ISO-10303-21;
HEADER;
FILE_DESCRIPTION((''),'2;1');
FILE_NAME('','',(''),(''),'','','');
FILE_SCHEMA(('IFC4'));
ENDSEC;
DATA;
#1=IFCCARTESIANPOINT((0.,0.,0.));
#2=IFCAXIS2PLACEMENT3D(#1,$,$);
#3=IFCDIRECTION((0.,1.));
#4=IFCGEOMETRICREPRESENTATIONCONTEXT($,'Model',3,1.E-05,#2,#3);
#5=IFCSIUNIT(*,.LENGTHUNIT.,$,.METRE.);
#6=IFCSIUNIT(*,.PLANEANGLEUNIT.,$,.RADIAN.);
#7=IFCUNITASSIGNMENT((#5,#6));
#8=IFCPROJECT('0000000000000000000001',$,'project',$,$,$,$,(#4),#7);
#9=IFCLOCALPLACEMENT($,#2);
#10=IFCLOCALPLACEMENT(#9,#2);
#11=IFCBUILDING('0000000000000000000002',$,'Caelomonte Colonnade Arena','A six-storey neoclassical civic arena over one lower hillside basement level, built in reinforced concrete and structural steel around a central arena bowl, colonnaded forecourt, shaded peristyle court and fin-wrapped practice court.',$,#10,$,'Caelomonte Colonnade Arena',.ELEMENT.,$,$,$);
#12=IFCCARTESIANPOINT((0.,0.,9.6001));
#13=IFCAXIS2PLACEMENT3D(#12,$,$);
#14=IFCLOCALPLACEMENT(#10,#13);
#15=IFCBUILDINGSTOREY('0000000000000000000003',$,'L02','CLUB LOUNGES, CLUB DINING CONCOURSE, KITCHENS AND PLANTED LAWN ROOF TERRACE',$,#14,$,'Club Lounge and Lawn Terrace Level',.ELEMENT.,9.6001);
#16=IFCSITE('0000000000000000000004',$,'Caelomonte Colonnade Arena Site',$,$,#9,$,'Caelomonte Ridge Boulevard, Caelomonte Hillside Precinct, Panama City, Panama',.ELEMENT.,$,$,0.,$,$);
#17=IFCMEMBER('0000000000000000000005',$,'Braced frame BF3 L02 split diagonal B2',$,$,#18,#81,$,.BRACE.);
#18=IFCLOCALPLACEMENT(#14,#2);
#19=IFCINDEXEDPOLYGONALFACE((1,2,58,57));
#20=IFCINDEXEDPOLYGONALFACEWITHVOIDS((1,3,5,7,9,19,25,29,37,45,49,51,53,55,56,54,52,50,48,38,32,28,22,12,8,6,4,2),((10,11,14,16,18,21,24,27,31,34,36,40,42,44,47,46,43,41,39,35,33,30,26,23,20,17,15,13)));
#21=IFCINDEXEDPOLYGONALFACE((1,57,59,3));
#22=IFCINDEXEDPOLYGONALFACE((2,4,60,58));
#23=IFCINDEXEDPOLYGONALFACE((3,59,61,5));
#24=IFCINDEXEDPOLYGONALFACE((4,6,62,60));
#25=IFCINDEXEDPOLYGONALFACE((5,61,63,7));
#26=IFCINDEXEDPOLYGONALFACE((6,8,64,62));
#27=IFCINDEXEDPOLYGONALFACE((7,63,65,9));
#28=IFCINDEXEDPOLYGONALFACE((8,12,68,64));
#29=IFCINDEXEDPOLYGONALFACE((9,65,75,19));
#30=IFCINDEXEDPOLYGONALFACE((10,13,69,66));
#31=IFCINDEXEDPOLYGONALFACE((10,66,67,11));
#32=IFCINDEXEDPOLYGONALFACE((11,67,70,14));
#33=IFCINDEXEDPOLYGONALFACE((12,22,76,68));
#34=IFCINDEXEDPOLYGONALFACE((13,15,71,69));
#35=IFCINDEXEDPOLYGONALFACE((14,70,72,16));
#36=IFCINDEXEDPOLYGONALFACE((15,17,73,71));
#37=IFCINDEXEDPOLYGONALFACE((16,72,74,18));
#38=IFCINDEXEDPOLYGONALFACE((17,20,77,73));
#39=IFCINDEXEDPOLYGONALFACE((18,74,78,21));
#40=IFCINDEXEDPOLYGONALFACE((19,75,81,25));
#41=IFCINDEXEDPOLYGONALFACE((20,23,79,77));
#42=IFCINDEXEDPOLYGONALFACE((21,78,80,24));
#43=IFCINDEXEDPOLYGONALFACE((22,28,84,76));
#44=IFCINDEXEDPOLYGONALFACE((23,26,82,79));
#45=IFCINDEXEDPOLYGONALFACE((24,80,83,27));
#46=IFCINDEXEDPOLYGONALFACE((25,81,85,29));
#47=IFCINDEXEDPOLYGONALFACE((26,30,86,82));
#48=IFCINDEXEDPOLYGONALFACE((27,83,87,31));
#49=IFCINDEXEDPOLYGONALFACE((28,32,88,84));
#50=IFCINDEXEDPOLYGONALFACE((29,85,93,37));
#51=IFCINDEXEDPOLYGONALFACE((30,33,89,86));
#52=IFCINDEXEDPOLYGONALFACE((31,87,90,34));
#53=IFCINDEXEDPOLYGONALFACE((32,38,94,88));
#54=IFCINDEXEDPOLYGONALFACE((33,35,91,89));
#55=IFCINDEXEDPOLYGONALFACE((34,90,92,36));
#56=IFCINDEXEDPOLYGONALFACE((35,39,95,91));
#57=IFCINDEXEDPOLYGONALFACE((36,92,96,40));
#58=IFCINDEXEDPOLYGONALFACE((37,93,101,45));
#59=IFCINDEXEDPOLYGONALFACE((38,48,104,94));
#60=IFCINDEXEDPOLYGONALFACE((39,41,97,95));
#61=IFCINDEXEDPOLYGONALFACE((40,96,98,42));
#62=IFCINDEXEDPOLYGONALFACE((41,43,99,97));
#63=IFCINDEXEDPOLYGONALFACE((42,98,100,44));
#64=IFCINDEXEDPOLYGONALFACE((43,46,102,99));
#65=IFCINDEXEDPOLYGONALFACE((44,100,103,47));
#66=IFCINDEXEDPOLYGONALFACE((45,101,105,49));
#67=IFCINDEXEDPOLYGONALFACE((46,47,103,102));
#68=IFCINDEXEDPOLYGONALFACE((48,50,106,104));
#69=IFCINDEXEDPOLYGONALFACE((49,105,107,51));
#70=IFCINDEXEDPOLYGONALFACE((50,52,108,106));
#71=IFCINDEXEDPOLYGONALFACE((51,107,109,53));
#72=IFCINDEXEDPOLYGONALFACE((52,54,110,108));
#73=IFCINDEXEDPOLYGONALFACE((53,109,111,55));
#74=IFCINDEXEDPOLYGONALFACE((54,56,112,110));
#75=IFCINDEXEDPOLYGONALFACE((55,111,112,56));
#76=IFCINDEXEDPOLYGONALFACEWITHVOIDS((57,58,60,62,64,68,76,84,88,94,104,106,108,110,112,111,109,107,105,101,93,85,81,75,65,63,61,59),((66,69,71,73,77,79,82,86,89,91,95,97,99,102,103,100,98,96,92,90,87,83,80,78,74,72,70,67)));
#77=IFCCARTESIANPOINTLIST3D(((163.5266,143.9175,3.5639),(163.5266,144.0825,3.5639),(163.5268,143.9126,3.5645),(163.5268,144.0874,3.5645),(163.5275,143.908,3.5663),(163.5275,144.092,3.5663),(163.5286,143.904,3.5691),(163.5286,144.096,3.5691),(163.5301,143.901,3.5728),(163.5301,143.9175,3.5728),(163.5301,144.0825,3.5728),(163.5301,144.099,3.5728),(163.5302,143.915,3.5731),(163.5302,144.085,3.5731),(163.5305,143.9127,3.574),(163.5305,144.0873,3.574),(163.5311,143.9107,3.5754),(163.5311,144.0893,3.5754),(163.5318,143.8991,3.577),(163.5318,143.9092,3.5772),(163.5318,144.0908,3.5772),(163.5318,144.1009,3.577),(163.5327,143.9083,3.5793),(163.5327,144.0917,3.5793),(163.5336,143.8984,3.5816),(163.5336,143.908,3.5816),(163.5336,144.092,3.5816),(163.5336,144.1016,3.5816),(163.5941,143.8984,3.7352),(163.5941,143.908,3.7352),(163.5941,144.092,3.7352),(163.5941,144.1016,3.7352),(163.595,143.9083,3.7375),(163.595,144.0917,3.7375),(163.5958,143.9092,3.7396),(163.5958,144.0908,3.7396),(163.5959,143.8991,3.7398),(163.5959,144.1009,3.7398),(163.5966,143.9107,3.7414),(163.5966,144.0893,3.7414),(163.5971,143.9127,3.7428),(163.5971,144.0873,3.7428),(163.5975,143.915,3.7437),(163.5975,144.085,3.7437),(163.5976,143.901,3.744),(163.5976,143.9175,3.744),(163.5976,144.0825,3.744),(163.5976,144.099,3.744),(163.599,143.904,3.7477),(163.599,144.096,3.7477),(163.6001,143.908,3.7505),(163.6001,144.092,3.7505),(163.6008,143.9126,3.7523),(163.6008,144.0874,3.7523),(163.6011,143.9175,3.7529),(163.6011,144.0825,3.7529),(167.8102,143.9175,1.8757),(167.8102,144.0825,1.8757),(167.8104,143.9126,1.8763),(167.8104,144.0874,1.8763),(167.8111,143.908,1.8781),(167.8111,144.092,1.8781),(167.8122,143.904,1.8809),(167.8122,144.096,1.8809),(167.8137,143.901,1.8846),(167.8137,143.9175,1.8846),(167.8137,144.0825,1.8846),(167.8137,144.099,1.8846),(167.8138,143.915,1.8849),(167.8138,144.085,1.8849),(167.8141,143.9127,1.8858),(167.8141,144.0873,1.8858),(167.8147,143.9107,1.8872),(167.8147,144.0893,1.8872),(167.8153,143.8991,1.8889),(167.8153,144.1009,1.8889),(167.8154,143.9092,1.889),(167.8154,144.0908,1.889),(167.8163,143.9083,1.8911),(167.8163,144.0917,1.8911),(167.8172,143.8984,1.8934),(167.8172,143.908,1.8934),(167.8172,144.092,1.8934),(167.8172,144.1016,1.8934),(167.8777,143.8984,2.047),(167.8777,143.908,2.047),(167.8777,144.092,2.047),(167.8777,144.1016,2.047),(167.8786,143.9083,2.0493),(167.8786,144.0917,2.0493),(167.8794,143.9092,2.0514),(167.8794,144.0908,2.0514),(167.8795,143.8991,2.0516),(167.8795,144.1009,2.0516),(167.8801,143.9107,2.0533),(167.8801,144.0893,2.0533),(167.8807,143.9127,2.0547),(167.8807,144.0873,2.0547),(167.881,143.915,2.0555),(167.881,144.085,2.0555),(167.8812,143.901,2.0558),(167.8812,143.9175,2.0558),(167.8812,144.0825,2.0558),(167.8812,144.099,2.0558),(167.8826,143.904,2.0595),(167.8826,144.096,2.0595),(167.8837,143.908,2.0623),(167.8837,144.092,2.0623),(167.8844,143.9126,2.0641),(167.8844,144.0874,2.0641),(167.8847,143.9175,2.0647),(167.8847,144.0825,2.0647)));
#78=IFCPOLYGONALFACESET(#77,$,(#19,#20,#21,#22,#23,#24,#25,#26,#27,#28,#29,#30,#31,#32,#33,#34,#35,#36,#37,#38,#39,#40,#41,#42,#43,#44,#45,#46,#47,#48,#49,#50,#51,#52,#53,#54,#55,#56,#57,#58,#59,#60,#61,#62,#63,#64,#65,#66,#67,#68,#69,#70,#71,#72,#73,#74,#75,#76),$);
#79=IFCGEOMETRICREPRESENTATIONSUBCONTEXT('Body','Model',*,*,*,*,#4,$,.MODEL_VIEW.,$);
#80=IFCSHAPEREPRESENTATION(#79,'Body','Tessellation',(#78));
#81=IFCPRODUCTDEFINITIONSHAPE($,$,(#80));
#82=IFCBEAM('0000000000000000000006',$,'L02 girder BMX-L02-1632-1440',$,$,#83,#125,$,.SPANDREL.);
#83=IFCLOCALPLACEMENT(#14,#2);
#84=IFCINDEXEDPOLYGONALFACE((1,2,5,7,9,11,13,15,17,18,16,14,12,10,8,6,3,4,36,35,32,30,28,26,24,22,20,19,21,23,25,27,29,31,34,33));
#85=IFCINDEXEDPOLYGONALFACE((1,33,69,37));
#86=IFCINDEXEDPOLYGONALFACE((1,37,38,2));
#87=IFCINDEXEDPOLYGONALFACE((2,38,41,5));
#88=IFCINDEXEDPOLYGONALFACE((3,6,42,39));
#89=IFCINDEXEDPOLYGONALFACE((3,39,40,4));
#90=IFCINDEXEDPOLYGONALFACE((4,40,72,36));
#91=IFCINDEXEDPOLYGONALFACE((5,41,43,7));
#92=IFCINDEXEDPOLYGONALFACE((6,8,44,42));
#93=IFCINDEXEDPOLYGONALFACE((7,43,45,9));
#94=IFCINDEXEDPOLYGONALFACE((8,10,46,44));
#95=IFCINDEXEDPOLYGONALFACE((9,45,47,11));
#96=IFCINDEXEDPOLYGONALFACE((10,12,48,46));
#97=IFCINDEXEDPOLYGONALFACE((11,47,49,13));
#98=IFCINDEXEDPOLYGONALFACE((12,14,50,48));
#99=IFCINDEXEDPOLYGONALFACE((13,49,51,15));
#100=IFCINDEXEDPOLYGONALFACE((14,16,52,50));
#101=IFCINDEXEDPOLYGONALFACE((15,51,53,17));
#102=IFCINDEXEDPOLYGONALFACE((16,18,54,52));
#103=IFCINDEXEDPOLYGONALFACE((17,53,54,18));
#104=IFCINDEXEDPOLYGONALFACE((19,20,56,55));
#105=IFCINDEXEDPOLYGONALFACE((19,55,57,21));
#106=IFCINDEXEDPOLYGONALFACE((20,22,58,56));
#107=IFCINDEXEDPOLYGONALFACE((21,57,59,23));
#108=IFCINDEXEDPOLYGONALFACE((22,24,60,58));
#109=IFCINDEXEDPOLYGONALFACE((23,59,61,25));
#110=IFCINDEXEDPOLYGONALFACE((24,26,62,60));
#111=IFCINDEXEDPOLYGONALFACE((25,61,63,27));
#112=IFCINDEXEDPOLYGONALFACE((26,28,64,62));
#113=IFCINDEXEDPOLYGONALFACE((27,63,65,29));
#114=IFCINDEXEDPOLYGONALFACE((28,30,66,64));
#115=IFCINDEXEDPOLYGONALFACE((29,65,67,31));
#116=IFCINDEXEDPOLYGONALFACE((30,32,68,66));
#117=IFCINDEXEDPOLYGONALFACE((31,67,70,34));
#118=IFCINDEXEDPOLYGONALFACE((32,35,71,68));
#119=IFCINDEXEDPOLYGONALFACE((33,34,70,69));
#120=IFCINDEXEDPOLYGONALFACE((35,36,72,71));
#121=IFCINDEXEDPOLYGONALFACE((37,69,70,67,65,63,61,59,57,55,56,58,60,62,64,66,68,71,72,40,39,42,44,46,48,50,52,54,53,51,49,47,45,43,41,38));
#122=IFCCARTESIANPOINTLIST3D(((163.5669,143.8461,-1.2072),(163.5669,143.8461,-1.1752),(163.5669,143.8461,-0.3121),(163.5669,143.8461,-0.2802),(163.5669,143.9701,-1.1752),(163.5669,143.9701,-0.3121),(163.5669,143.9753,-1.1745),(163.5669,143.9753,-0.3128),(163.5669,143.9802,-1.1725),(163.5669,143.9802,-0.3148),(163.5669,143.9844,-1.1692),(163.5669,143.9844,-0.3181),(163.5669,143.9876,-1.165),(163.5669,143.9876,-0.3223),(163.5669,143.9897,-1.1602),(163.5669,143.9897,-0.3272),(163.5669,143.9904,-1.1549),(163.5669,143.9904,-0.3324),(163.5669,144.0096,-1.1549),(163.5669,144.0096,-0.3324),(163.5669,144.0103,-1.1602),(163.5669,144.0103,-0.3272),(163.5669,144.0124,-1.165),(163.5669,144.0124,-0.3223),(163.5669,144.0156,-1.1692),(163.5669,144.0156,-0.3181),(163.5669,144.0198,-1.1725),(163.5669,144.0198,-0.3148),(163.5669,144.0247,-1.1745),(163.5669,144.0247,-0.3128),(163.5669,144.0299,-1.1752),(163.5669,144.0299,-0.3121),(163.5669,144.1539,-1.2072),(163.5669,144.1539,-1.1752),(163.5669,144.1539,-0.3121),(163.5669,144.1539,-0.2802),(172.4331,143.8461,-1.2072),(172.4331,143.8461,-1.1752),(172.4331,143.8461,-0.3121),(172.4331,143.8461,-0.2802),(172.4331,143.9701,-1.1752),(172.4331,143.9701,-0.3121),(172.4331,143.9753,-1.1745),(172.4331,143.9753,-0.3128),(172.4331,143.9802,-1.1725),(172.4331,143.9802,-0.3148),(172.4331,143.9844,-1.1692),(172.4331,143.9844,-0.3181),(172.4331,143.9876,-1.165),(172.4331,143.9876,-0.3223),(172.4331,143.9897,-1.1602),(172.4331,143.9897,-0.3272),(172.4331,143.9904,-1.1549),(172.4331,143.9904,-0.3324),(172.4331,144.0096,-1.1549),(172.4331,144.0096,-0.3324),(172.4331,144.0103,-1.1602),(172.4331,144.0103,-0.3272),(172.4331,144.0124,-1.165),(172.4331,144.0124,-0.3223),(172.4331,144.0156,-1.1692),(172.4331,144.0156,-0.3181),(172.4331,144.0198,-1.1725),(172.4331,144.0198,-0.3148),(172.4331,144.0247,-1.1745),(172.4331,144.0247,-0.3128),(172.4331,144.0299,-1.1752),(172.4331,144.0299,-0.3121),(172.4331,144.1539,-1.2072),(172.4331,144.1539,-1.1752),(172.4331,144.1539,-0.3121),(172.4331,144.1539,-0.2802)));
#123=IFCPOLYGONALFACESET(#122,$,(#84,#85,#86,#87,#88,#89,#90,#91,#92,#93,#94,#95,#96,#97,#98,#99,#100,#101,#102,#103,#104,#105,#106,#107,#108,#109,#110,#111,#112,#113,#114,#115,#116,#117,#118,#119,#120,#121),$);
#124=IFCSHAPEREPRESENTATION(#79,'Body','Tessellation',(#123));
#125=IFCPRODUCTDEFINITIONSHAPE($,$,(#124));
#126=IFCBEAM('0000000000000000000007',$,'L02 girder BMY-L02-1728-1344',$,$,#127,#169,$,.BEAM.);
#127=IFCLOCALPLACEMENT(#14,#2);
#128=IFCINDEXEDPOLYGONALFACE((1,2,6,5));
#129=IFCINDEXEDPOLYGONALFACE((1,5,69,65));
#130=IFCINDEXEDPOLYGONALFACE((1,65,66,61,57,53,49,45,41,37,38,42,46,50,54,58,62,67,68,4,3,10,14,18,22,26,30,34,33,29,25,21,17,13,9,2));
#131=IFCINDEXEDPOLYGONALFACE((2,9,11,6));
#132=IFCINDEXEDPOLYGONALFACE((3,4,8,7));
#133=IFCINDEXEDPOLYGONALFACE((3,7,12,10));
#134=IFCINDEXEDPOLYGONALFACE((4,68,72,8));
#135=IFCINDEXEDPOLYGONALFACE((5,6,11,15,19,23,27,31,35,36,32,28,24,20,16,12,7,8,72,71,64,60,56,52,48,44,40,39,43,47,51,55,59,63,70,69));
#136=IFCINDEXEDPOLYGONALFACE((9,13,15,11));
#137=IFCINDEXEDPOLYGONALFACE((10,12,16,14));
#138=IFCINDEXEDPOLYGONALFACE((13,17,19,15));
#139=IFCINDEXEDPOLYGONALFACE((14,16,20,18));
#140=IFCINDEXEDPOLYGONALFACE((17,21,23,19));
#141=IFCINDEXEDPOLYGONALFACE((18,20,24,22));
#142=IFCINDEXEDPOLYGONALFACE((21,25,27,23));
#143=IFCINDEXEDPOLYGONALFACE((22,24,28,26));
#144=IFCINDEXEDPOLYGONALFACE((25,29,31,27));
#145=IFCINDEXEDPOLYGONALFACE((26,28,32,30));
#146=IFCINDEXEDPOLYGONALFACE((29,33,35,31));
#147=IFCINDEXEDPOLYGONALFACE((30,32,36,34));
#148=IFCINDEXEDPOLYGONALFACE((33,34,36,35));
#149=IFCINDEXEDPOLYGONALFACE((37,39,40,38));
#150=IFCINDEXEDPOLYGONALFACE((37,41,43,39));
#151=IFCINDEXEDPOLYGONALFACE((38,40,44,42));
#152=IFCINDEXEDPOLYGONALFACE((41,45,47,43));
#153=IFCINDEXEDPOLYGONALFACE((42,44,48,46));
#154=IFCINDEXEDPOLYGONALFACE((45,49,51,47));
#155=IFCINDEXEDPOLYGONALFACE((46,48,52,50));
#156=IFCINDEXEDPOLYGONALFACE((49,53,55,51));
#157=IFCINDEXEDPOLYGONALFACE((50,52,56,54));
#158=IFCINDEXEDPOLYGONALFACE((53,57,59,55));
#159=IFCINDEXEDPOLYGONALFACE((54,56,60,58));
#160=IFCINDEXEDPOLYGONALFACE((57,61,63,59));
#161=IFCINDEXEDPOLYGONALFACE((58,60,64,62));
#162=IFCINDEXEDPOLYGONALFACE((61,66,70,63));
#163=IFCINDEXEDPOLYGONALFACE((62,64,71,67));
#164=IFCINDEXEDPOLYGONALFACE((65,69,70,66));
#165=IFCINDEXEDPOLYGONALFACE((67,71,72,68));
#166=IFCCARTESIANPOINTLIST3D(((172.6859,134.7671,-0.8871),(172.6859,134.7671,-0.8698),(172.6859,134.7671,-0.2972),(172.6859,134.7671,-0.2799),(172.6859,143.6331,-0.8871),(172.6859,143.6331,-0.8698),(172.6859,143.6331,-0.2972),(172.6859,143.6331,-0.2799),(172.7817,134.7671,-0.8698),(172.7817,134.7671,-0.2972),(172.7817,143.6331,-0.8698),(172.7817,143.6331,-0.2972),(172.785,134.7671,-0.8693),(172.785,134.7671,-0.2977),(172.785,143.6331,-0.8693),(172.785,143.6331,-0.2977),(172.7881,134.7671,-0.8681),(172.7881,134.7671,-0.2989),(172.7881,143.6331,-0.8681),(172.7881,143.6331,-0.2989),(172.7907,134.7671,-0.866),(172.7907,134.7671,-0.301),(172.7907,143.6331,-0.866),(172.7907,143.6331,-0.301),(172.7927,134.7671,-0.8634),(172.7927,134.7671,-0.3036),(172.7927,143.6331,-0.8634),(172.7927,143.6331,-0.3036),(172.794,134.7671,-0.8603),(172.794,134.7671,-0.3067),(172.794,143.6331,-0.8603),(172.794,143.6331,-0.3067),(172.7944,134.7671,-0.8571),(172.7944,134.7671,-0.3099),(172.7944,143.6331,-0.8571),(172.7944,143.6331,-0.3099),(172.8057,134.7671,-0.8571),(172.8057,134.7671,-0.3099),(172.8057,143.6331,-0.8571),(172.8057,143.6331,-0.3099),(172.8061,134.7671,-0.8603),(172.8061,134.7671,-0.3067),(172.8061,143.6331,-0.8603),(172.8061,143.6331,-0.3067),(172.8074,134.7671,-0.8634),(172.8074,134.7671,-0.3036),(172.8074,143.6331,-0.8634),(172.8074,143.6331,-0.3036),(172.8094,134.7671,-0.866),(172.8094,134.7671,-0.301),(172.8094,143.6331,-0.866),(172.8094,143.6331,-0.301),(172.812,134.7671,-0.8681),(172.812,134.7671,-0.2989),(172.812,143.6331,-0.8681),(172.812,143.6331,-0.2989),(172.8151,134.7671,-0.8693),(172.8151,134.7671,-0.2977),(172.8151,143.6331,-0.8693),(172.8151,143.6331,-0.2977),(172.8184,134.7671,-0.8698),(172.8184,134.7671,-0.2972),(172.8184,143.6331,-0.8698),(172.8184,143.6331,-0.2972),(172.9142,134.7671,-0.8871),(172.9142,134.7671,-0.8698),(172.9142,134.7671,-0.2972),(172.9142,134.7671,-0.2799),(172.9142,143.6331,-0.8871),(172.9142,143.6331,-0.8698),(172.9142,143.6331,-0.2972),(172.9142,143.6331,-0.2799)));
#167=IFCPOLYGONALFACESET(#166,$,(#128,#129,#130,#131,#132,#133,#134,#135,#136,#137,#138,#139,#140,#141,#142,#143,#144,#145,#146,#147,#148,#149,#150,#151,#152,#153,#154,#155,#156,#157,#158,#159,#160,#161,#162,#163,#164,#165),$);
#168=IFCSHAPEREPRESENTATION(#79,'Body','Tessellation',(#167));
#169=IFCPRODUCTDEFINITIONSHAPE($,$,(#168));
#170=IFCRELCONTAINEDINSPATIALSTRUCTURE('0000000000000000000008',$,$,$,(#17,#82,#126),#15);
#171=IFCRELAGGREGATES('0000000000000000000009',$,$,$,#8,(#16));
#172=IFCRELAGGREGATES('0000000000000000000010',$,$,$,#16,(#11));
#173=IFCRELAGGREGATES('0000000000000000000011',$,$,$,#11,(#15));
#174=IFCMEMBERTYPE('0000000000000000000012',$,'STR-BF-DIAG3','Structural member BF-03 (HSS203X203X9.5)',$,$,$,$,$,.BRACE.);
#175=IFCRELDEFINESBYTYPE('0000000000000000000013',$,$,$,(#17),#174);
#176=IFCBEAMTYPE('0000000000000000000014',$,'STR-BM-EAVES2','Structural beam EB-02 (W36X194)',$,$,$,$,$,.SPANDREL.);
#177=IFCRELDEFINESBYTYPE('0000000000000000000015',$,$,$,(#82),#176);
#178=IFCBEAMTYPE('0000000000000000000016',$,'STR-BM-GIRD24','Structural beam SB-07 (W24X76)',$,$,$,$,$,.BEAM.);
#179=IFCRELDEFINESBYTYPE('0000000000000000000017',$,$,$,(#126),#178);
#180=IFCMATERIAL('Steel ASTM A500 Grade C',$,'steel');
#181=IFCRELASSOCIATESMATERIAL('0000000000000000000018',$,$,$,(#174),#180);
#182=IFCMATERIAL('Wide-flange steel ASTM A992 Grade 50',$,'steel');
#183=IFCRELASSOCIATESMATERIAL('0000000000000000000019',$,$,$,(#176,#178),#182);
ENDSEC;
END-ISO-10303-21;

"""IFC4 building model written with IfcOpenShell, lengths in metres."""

from ifc_helpers import new_model, si_unit, direction, frame, origin, origin_2d, place, context, subcontext, project, spatial, hollow_rectangle, i_section, extrude, material, material_profile, profile_set, type_object, element, save


model = new_model("IFC4")

# Units and contexts
model_context = context("Model", 3, precision=1e-05, world=origin(), true_north=direction((0.0, 1.0)))
body_context = subcontext(model_context, "Body", "Model", "MODEL_VIEW")
ifc_project = project(units=[si_unit("LENGTHUNIT", "METRE"), si_unit("PLANEANGLEUNIT", "RADIAN")], contexts=[model_context])

# Site, building, storey
site_placement = place(None, origin())
site = spatial("IfcSite", under=ifc_project, at=site_placement, Name="Caelomonte Colonnade Arena Site", LongName="Caelomonte Ridge Boulevard, Caelomonte Hillside Precinct, Panama City, Panama", CompositionType="ELEMENT", RefElevation=0.0)
building_placement = place(site_placement, origin())
building = spatial("IfcBuilding", under=site, at=building_placement, Name="Caelomonte Colonnade Arena", Description="A six-storey neoclassical civic arena over one lower hillside basement level, built in reinforced concrete and structural steel around a central arena bowl, colonnaded forecourt, shaded peristyle court and fin-wrapped practice court.", LongName="Caelomonte Colonnade Arena", CompositionType="ELEMENT")
storey_placement = place(building_placement, frame((0.0, 0.0, 9.6001)))
storey = spatial("IfcBuildingStorey", under=building, at=storey_placement, Name="L02", Description="CLUB LOUNGES, CLUB DINING CONCOURSE, KITCHENS AND PLANTED LAWN ROOF TERRACE", LongName="Club Lounge and Lawn Terrace Level", CompositionType="ELEMENT", Elevation=9.6001)

# Member
ifc_material_1 = material(Name="Steel ASTM A500 Grade C", Category="steel")
ifc_material_profile_1 = material_profile(ifc_material_1, hollow_rectangle(XDim=0.2031, YDim=0.2031, WallThickness=0.0095, InnerFilletRadius=0.0095, OuterFilletRadius=0.019, at=origin_2d()), Name="HSS203X203X9.5")
ifc_profile_set_1 = profile_set([ifc_material_profile_1], Name="Steel ASTM A500 Grade C")
member_type_1 = type_object("IfcMemberType", Name="STR-BF-DIAG3", Description="Structural member BF-03 (HSS203X203X9.5)", PredefinedType="BRACE", material=ifc_profile_set_1)
for number, where, z_axis, x_axis, name in (
    (1, (167.8474, 144.0, 1.9702), (-0.930355, 0.0, 0.366659), (0.0, -1.0, 0.0), "Braced frame BF3 L02 split diagonal B2"),
):
    element("IfcMember", number, at=place(storey_placement, frame(where, z_axis=z_axis, x_axis=x_axis)), inside=storey, type_object=member_type_1, Name=name, PredefinedType="BRACE", context=body_context, shape_type="SweptSolid", body=[
        extrude(hollow_rectangle(XDim=0.2031, YDim=0.2031, WallThickness=0.0095, InnerFilletRadius=0.0095, OuterFilletRadius=0.019, at=origin_2d()), origin(), (0.0, 0.0, 1.0), 4.6042),
    ])

# Beams
ifc_material_2 = material(Name="Wide-flange steel ASTM A992 Grade 50", Category="steel")
ifc_material_profile_2 = material_profile(ifc_material_2, i_section(OverallWidth=0.3079, OverallDepth=0.927, WebThickness=0.0193, FlangeThickness=0.032, FilletRadius=0.0203, at=origin_2d()), Name="W36X194")
ifc_profile_set_2 = profile_set([ifc_material_profile_2], Name="Wide-flange steel ASTM A992 Grade 50")
beam_type_1 = type_object("IfcBeamType", Name="STR-BM-EAVES2", Description="Structural beam EB-02 (W36X194)", PredefinedType="SPANDREL", material=ifc_profile_set_2)
beam_1_placement = place(storey_placement, frame((163.5669, 144.0, -0.7437), z_axis=(1.0, 0.0, 0.0), x_axis=(0.0, 1.0, 0.0)))
element("IfcBeam", 2, at=beam_1_placement, inside=storey, type_object=beam_type_1, Name="L02 girder BMX-L02-1632-1440", PredefinedType="SPANDREL", context=body_context, shape_type="SweptSolid", body=[
    extrude(i_section(OverallWidth=0.3079, OverallDepth=0.927, WebThickness=0.0193, FlangeThickness=0.032, FilletRadius=0.0203, at=origin_2d()), origin(), (0.0, 0.0, 1.0), 8.8662),
])
ifc_material_profile_3 = material_profile(ifc_material_2, i_section(OverallWidth=0.2283, OverallDepth=0.6072, WebThickness=0.0112, FlangeThickness=0.0173, FilletRadius=0.0127, at=origin_2d()), Name="W24X76")
ifc_profile_set_3 = profile_set([ifc_material_profile_3], Name="Wide-flange steel ASTM A992 Grade 50")
beam_type_2 = type_object("IfcBeamType", Name="STR-BM-GIRD24", Description="Structural beam SB-07 (W24X76)", PredefinedType="BEAM", material=ifc_profile_set_3)
beam_2_placement = place(storey_placement, frame((172.8, 134.7671, -0.5835), z_axis=(0.0, 1.0, 0.0), x_axis=(-1.0, 0.0, 0.0)))
element("IfcBeam", 3, at=beam_2_placement, inside=storey, type_object=beam_type_2, Name="L02 girder BMY-L02-1728-1344", PredefinedType="BEAM", context=body_context, shape_type="SweptSolid", body=[
    extrude(i_section(OverallWidth=0.2283, OverallDepth=0.6072, WebThickness=0.0112, FlangeThickness=0.0173, FilletRadius=0.0127, at=origin_2d()), origin(), (0.0, 0.0, 1.0), 8.866),
])

save(model, "model.ifc")
